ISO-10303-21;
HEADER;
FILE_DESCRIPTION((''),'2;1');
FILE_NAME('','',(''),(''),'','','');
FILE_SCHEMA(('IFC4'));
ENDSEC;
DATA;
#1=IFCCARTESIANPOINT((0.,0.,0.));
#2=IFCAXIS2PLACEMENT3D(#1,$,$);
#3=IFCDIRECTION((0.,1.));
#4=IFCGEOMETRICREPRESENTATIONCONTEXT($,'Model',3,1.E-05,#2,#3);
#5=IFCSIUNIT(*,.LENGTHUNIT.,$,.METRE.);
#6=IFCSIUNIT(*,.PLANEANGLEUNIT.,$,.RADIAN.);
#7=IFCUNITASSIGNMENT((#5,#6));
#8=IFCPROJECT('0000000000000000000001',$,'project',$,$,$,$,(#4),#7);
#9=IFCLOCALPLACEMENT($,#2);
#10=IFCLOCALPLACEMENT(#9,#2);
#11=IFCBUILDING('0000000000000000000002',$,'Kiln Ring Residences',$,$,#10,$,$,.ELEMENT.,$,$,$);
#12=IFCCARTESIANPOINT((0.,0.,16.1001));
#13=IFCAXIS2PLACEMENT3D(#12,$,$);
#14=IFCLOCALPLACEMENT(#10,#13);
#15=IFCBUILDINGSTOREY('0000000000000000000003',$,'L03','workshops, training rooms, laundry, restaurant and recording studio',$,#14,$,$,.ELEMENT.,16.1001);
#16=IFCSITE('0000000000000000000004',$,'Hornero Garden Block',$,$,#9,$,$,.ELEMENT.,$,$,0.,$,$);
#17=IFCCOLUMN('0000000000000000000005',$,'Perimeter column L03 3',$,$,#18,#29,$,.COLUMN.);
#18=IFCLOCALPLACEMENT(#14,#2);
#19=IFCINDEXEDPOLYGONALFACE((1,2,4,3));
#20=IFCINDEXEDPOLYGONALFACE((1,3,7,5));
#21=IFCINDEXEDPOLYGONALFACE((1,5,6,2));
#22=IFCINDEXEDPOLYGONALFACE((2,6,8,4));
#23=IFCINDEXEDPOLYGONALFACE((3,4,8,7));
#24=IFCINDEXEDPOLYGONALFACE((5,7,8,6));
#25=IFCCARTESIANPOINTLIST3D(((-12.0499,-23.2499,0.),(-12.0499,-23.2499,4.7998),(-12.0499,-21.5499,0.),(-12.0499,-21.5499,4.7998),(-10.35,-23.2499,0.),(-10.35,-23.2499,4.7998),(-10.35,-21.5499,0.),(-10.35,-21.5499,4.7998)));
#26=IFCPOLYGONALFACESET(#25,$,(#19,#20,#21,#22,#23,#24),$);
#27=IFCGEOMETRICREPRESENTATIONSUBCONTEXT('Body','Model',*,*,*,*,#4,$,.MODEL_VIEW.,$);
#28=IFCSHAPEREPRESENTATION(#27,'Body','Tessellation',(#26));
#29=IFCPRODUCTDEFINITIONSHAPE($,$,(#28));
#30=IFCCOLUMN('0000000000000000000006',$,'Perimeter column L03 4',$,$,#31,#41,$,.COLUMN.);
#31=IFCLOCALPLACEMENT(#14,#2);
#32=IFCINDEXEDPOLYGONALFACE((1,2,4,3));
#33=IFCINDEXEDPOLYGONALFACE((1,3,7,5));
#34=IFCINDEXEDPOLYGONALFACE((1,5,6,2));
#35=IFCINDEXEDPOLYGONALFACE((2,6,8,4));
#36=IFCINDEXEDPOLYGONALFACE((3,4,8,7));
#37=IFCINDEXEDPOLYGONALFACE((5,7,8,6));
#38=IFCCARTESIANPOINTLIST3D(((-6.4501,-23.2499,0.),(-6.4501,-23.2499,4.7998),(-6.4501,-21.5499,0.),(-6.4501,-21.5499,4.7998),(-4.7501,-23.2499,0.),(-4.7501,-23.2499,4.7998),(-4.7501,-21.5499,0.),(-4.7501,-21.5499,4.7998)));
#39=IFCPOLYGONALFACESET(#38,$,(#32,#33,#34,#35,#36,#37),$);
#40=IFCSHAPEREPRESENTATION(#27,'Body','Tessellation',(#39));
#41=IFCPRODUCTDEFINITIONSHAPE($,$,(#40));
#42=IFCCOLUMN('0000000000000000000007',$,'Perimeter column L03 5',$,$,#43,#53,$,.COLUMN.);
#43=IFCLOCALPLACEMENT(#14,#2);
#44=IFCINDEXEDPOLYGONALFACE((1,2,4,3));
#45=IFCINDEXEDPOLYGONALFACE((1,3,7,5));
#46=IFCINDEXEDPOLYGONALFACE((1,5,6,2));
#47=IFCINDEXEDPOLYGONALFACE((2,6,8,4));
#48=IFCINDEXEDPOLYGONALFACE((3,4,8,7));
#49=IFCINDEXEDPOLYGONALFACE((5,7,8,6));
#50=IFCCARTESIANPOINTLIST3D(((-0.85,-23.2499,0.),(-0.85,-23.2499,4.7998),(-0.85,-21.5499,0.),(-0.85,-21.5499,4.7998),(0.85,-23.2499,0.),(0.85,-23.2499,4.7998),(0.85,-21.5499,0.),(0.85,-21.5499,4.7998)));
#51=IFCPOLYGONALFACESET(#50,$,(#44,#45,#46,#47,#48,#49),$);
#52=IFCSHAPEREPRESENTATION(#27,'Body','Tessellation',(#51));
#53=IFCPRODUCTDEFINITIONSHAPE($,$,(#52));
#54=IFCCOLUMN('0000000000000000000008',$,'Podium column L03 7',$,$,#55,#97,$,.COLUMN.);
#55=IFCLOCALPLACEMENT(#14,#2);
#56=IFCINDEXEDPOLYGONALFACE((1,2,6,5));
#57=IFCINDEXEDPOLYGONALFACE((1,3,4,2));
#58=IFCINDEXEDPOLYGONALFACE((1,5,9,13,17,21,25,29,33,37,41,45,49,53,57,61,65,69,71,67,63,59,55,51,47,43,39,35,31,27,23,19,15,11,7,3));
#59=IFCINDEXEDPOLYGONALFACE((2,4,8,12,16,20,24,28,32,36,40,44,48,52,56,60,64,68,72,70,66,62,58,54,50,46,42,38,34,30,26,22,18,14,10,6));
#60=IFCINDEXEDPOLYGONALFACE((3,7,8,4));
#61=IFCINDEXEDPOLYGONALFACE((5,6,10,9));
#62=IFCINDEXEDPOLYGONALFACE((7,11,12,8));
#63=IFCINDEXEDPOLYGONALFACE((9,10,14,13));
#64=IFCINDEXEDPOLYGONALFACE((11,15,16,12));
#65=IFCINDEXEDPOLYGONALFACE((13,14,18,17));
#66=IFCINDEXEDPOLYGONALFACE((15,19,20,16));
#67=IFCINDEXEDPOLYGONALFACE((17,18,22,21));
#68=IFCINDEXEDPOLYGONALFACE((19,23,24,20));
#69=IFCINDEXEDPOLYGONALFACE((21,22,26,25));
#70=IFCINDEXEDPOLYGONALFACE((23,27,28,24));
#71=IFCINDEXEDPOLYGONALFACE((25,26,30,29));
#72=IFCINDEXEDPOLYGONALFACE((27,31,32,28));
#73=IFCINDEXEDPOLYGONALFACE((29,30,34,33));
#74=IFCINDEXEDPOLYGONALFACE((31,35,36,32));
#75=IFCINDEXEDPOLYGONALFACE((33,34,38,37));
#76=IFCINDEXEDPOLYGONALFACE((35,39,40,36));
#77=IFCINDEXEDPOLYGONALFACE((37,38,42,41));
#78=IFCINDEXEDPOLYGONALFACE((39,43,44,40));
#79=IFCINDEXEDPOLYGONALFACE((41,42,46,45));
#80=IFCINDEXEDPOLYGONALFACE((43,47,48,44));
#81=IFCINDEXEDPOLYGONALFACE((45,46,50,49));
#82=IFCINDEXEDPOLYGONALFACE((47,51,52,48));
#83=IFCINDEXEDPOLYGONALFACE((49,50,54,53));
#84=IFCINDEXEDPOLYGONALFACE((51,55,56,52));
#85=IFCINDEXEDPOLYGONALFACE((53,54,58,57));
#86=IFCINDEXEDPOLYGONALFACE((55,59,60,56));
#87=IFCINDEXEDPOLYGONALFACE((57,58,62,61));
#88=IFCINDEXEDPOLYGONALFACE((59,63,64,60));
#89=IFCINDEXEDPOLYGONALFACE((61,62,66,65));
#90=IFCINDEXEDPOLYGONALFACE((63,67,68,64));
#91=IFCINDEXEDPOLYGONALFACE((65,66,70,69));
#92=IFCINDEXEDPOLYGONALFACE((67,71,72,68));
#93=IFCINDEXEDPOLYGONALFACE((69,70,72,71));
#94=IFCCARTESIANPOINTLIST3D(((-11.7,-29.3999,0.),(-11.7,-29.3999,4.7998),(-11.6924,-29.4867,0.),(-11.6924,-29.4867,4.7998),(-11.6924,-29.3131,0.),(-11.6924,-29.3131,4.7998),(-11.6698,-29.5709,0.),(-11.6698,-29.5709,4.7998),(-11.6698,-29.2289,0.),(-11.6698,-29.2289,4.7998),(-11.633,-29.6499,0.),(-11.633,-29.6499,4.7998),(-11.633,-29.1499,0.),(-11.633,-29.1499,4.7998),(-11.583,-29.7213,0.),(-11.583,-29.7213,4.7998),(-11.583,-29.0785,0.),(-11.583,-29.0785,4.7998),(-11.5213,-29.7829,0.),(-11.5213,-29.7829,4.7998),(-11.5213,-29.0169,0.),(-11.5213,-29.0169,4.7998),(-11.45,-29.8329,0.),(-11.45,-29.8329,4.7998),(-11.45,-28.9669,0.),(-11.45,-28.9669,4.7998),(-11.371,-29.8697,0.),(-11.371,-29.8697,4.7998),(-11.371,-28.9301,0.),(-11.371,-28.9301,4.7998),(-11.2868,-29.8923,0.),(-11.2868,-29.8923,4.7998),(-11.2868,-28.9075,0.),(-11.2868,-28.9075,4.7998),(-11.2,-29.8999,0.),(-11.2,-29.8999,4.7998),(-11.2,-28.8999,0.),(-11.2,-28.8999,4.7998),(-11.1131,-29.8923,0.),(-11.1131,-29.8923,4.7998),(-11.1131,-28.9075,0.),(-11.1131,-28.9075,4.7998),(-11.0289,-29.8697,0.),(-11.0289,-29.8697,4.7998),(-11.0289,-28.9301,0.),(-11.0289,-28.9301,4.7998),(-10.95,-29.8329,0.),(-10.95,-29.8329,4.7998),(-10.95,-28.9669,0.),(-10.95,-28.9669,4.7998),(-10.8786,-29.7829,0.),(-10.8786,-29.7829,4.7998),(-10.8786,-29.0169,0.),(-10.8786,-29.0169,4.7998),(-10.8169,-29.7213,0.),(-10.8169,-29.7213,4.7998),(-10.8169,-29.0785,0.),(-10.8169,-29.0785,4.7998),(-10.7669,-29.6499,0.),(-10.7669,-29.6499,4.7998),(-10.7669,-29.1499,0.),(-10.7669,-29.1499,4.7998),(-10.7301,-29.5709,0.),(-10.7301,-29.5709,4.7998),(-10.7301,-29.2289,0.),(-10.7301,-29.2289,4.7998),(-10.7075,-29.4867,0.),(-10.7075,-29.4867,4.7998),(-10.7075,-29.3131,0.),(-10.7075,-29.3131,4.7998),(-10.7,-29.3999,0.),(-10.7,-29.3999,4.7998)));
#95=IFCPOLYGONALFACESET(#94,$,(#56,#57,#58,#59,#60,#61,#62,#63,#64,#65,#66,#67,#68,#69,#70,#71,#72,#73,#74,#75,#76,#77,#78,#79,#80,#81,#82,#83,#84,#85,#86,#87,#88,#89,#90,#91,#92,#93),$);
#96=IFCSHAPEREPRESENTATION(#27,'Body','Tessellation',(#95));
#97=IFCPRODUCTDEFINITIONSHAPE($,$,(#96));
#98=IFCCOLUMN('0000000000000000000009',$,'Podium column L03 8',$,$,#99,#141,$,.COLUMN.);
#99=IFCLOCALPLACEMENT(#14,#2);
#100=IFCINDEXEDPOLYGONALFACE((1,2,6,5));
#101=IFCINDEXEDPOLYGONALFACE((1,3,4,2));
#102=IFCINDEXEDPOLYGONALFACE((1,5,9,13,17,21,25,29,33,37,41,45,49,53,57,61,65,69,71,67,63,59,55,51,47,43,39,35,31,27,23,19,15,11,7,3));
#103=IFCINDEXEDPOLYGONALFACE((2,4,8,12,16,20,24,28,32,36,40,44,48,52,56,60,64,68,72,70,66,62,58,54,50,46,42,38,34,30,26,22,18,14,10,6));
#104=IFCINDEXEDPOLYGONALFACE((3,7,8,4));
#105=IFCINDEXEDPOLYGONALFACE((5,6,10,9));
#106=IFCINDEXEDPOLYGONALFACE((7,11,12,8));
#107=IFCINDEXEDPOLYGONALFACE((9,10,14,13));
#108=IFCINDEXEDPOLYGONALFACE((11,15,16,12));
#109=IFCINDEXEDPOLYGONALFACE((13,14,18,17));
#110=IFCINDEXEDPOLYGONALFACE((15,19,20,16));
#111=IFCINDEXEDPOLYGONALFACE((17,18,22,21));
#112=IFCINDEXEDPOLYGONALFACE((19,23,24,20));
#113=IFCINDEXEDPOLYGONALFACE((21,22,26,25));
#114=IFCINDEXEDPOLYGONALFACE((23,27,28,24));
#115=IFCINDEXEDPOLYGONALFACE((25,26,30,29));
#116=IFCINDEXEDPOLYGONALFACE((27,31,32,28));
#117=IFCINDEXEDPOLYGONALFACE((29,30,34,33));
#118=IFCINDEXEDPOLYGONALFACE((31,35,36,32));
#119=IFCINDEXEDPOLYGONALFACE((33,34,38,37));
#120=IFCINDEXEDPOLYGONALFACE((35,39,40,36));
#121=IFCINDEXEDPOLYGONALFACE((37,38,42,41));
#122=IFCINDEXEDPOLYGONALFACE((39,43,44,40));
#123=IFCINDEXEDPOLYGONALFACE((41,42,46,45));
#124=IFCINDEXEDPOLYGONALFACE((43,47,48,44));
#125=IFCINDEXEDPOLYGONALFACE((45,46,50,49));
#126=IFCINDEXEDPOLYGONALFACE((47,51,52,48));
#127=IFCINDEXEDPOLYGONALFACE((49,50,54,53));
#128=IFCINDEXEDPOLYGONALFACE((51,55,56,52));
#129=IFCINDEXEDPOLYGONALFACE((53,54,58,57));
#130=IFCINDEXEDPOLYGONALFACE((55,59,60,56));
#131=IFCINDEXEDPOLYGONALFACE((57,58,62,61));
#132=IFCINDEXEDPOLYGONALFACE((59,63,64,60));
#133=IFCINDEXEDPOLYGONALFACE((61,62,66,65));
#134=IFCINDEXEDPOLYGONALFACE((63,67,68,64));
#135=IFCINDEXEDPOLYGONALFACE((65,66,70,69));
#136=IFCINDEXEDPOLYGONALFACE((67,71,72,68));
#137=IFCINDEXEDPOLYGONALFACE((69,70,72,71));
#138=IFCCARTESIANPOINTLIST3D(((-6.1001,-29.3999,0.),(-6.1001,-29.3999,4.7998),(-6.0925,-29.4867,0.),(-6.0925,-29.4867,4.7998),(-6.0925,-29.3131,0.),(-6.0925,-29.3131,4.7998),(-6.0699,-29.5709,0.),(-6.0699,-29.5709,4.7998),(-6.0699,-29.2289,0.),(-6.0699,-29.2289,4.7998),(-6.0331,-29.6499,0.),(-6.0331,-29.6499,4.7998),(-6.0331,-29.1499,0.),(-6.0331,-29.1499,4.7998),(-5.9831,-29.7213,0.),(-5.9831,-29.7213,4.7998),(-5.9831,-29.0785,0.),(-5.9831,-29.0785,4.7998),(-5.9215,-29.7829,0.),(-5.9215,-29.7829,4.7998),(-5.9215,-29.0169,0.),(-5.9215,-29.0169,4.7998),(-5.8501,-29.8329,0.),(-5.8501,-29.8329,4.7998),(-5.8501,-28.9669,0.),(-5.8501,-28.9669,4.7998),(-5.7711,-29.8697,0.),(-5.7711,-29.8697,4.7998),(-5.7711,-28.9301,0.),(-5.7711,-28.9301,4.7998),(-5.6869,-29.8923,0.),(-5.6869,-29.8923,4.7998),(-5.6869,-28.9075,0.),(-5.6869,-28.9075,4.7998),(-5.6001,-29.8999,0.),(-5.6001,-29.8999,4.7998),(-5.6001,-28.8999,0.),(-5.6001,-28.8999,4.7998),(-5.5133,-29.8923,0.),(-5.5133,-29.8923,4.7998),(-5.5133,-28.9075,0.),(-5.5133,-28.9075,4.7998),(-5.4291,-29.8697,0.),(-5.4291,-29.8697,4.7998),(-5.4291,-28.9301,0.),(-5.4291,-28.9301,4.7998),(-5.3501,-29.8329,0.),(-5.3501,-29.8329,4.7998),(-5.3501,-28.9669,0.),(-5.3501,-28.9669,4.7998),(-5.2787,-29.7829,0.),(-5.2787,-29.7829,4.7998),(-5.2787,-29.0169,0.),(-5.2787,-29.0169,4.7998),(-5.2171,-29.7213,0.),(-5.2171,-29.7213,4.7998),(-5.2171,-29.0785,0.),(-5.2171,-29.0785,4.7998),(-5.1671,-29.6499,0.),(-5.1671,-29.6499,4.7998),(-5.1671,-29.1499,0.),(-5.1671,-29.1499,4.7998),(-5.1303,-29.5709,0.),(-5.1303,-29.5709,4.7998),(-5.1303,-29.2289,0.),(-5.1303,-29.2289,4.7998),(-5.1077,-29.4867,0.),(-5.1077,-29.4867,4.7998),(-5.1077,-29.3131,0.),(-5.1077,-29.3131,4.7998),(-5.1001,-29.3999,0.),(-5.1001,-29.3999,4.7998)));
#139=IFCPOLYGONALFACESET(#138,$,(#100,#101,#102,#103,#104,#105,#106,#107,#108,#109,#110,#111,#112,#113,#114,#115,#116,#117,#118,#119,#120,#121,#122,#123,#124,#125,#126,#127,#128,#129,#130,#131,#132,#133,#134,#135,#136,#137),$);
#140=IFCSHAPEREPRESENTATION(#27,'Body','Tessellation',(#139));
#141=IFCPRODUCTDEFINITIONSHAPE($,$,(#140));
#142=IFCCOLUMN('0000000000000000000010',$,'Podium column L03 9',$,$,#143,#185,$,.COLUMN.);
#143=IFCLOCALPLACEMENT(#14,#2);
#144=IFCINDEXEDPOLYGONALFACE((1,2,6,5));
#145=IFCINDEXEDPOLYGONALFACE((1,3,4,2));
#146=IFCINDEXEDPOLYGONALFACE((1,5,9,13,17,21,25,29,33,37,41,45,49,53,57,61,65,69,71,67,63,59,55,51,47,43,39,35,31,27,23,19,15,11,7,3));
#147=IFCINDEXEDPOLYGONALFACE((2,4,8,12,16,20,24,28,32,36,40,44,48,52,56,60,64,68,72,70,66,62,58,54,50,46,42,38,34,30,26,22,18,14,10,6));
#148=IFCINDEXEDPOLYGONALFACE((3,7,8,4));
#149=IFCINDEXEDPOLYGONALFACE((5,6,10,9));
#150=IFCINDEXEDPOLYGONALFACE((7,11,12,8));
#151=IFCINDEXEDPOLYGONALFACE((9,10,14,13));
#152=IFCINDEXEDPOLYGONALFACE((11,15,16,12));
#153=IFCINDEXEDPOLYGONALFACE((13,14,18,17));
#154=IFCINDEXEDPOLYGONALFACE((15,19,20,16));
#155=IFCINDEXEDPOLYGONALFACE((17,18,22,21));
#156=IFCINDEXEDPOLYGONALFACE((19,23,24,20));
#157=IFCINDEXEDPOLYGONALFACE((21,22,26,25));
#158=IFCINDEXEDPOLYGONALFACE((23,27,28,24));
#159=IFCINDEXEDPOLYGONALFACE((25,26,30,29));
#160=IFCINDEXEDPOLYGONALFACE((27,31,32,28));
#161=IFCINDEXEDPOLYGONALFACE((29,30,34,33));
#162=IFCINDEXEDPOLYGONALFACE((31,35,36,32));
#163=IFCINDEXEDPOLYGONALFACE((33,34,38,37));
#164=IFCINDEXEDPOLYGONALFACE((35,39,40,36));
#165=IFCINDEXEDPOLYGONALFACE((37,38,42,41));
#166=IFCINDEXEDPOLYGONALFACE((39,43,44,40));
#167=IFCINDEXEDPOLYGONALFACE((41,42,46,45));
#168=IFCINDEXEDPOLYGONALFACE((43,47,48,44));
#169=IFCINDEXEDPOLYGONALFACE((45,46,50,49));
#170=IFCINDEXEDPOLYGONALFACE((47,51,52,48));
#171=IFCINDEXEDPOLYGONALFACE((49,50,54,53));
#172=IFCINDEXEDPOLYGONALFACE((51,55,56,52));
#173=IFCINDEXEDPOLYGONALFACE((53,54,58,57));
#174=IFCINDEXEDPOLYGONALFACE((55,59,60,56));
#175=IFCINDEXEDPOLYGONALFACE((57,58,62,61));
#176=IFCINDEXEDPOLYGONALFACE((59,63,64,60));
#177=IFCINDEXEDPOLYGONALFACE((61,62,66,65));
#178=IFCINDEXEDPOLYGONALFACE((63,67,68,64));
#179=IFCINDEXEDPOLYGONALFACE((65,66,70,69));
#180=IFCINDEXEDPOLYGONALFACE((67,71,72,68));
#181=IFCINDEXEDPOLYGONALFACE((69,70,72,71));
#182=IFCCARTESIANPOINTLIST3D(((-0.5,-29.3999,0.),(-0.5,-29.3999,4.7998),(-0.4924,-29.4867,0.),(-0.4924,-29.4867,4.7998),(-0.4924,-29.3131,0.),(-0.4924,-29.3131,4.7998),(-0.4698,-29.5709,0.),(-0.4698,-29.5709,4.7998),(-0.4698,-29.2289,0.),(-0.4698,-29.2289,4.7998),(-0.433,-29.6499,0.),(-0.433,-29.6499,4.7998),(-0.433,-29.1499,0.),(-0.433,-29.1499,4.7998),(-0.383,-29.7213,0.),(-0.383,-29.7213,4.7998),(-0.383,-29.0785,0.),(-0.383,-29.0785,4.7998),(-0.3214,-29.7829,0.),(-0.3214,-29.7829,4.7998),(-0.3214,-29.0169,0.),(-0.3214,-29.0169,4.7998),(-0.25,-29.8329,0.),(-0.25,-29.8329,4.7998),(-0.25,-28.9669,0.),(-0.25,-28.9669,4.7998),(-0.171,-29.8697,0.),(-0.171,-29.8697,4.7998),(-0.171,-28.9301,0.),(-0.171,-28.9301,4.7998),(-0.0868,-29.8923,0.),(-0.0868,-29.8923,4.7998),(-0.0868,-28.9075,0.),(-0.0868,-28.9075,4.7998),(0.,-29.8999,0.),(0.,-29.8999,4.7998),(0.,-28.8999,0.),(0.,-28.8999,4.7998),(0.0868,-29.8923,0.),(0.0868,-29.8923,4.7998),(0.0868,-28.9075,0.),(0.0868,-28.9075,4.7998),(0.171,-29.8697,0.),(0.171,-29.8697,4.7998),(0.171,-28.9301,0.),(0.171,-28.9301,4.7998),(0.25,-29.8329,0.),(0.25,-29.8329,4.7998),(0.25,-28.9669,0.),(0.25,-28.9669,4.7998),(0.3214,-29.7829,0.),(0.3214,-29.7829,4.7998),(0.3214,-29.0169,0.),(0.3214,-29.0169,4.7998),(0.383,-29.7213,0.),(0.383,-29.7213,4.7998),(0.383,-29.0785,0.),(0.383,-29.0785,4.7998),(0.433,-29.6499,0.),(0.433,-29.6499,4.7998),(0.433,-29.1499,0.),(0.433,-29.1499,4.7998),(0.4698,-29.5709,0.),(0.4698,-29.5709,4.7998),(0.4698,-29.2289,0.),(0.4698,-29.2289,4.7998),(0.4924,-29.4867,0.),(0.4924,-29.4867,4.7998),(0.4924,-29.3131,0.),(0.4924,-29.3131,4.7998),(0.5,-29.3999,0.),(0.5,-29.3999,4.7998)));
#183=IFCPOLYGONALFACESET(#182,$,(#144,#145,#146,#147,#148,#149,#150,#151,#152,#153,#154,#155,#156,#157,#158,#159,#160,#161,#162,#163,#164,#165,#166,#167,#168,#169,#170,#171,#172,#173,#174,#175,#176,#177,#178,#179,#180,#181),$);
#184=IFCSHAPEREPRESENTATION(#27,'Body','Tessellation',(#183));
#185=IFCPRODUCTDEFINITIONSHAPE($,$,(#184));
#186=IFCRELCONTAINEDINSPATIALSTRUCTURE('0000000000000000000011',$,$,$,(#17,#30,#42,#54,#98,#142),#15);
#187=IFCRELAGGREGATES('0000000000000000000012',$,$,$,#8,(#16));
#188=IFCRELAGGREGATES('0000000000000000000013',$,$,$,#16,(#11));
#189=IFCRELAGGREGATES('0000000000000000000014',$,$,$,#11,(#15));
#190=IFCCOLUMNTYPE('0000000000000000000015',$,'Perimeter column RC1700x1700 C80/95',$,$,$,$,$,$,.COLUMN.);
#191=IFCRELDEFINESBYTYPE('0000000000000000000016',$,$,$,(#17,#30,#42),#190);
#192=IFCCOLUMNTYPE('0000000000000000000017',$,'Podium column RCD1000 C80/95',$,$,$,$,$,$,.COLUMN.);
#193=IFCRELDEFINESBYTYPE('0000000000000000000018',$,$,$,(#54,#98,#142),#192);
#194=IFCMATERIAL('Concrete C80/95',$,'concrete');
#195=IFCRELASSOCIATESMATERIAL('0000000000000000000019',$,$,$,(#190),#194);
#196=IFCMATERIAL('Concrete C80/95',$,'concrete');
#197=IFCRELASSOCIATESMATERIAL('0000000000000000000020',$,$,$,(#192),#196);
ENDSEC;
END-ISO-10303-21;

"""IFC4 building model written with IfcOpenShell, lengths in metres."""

from ifc_helpers import new_model, si_unit, direction, frame, origin, origin_2d, place, context, subcontext, project, spatial, rectangle, circle, extrude, material, material_profile, profile_set, type_object, element, save


model = new_model("IFC4")

# Units and contexts
model_context = context("Model", 3, precision=1e-05, world=origin(), true_north=direction((0.0, 1.0)))
body_context = subcontext(model_context, "Body", "Model", "MODEL_VIEW")
ifc_project = project(units=[si_unit("LENGTHUNIT", "METRE"), si_unit("PLANEANGLEUNIT", "RADIAN")], contexts=[model_context])

# Site, building, storey
site_placement = place(None, origin())
site = spatial("IfcSite", under=ifc_project, at=site_placement, Name="Hornero Garden Block", CompositionType="ELEMENT", RefElevation=0.0)
building_placement = place(site_placement, origin())
building = spatial("IfcBuilding", under=site, at=building_placement, Name="Kiln Ring Residences", CompositionType="ELEMENT")
storey_placement = place(building_placement, frame((0.0, 0.0, 16.1001)))
storey = spatial("IfcBuildingStorey", under=building, at=storey_placement, Name="L03", Description="workshops, training rooms, laundry, restaurant and recording studio", CompositionType="ELEMENT", Elevation=16.1001)

# Columns
ifc_material_1 = material(Name="Concrete C80/95", Category="concrete")
ifc_material_profile_1 = material_profile(ifc_material_1, rectangle(XDim=1.7, YDim=1.7, at=origin_2d()), Name="RC1700x1700")
ifc_profile_set_1 = profile_set([ifc_material_profile_1], Name="Concrete C80/95")
column_type_1 = type_object("IfcColumnType", Name="Perimeter column RC1700x1700 C80/95", PredefinedType="COLUMN", material=ifc_profile_set_1)
for number, where, z_axis, x_axis, name in (
    (1, (-11.2, -22.3999, 0.0), (0.0, 0.0, 1.0), (1.0, 0.0, 0.0), "Perimeter column L03 3"),
    (2, (-5.6001, -22.3999, 0.0), (0.0, 0.0, 1.0), (1.0, 0.0, 0.0), "Perimeter column L03 4"),
    (3, (0.0, -22.3999, 0.0), (0.0, 0.0, 1.0), (1.0, 0.0, 0.0), "Perimeter column L03 5"),
):
    element("IfcColumn", number, at=place(storey_placement, frame(where, z_axis=z_axis, x_axis=x_axis)), inside=storey, type_object=column_type_1, Name=name, PredefinedType="COLUMN", context=body_context, shape_type="SweptSolid", body=[
        extrude(rectangle(XDim=1.7, YDim=1.7, at=origin_2d()), origin(), (0.0, 0.0, 1.0), 4.7998),
    ])
ifc_material_2 = material(Name="Concrete C80/95", Category="concrete")
ifc_material_profile_2 = material_profile(ifc_material_2, circle(Radius=0.5, at=origin_2d()), Name="RCD1000")
ifc_profile_set_2 = profile_set([ifc_material_profile_2], Name="Concrete C80/95")
column_type_2 = type_object("IfcColumnType", Name="Podium column RCD1000 C80/95", PredefinedType="COLUMN", material=ifc_profile_set_2)
for number, where, z_axis, x_axis, name in (
    (4, (-11.2, -29.3999, 0.0), (0.0, 0.0, 1.0), (1.0, 0.0, 0.0), "Podium column L03 7"),
    (5, (-5.6001, -29.3999, 0.0), (0.0, 0.0, 1.0), (1.0, 0.0, 0.0), "Podium column L03 8"),
    (6, (0.0, -29.3999, 0.0), (0.0, 0.0, 1.0), (1.0, 0.0, 0.0), "Podium column L03 9"),
):
    element("IfcColumn", number, at=place(storey_placement, frame(where, z_axis=z_axis, x_axis=x_axis)), inside=storey, type_object=column_type_2, Name=name, PredefinedType="COLUMN", context=body_context, shape_type="SweptSolid", body=[
        extrude(circle(Radius=0.5, at=origin_2d()), origin(), (0.0, 0.0, 1.0), 4.7998),
    ])

save(model, "model.ifc")
